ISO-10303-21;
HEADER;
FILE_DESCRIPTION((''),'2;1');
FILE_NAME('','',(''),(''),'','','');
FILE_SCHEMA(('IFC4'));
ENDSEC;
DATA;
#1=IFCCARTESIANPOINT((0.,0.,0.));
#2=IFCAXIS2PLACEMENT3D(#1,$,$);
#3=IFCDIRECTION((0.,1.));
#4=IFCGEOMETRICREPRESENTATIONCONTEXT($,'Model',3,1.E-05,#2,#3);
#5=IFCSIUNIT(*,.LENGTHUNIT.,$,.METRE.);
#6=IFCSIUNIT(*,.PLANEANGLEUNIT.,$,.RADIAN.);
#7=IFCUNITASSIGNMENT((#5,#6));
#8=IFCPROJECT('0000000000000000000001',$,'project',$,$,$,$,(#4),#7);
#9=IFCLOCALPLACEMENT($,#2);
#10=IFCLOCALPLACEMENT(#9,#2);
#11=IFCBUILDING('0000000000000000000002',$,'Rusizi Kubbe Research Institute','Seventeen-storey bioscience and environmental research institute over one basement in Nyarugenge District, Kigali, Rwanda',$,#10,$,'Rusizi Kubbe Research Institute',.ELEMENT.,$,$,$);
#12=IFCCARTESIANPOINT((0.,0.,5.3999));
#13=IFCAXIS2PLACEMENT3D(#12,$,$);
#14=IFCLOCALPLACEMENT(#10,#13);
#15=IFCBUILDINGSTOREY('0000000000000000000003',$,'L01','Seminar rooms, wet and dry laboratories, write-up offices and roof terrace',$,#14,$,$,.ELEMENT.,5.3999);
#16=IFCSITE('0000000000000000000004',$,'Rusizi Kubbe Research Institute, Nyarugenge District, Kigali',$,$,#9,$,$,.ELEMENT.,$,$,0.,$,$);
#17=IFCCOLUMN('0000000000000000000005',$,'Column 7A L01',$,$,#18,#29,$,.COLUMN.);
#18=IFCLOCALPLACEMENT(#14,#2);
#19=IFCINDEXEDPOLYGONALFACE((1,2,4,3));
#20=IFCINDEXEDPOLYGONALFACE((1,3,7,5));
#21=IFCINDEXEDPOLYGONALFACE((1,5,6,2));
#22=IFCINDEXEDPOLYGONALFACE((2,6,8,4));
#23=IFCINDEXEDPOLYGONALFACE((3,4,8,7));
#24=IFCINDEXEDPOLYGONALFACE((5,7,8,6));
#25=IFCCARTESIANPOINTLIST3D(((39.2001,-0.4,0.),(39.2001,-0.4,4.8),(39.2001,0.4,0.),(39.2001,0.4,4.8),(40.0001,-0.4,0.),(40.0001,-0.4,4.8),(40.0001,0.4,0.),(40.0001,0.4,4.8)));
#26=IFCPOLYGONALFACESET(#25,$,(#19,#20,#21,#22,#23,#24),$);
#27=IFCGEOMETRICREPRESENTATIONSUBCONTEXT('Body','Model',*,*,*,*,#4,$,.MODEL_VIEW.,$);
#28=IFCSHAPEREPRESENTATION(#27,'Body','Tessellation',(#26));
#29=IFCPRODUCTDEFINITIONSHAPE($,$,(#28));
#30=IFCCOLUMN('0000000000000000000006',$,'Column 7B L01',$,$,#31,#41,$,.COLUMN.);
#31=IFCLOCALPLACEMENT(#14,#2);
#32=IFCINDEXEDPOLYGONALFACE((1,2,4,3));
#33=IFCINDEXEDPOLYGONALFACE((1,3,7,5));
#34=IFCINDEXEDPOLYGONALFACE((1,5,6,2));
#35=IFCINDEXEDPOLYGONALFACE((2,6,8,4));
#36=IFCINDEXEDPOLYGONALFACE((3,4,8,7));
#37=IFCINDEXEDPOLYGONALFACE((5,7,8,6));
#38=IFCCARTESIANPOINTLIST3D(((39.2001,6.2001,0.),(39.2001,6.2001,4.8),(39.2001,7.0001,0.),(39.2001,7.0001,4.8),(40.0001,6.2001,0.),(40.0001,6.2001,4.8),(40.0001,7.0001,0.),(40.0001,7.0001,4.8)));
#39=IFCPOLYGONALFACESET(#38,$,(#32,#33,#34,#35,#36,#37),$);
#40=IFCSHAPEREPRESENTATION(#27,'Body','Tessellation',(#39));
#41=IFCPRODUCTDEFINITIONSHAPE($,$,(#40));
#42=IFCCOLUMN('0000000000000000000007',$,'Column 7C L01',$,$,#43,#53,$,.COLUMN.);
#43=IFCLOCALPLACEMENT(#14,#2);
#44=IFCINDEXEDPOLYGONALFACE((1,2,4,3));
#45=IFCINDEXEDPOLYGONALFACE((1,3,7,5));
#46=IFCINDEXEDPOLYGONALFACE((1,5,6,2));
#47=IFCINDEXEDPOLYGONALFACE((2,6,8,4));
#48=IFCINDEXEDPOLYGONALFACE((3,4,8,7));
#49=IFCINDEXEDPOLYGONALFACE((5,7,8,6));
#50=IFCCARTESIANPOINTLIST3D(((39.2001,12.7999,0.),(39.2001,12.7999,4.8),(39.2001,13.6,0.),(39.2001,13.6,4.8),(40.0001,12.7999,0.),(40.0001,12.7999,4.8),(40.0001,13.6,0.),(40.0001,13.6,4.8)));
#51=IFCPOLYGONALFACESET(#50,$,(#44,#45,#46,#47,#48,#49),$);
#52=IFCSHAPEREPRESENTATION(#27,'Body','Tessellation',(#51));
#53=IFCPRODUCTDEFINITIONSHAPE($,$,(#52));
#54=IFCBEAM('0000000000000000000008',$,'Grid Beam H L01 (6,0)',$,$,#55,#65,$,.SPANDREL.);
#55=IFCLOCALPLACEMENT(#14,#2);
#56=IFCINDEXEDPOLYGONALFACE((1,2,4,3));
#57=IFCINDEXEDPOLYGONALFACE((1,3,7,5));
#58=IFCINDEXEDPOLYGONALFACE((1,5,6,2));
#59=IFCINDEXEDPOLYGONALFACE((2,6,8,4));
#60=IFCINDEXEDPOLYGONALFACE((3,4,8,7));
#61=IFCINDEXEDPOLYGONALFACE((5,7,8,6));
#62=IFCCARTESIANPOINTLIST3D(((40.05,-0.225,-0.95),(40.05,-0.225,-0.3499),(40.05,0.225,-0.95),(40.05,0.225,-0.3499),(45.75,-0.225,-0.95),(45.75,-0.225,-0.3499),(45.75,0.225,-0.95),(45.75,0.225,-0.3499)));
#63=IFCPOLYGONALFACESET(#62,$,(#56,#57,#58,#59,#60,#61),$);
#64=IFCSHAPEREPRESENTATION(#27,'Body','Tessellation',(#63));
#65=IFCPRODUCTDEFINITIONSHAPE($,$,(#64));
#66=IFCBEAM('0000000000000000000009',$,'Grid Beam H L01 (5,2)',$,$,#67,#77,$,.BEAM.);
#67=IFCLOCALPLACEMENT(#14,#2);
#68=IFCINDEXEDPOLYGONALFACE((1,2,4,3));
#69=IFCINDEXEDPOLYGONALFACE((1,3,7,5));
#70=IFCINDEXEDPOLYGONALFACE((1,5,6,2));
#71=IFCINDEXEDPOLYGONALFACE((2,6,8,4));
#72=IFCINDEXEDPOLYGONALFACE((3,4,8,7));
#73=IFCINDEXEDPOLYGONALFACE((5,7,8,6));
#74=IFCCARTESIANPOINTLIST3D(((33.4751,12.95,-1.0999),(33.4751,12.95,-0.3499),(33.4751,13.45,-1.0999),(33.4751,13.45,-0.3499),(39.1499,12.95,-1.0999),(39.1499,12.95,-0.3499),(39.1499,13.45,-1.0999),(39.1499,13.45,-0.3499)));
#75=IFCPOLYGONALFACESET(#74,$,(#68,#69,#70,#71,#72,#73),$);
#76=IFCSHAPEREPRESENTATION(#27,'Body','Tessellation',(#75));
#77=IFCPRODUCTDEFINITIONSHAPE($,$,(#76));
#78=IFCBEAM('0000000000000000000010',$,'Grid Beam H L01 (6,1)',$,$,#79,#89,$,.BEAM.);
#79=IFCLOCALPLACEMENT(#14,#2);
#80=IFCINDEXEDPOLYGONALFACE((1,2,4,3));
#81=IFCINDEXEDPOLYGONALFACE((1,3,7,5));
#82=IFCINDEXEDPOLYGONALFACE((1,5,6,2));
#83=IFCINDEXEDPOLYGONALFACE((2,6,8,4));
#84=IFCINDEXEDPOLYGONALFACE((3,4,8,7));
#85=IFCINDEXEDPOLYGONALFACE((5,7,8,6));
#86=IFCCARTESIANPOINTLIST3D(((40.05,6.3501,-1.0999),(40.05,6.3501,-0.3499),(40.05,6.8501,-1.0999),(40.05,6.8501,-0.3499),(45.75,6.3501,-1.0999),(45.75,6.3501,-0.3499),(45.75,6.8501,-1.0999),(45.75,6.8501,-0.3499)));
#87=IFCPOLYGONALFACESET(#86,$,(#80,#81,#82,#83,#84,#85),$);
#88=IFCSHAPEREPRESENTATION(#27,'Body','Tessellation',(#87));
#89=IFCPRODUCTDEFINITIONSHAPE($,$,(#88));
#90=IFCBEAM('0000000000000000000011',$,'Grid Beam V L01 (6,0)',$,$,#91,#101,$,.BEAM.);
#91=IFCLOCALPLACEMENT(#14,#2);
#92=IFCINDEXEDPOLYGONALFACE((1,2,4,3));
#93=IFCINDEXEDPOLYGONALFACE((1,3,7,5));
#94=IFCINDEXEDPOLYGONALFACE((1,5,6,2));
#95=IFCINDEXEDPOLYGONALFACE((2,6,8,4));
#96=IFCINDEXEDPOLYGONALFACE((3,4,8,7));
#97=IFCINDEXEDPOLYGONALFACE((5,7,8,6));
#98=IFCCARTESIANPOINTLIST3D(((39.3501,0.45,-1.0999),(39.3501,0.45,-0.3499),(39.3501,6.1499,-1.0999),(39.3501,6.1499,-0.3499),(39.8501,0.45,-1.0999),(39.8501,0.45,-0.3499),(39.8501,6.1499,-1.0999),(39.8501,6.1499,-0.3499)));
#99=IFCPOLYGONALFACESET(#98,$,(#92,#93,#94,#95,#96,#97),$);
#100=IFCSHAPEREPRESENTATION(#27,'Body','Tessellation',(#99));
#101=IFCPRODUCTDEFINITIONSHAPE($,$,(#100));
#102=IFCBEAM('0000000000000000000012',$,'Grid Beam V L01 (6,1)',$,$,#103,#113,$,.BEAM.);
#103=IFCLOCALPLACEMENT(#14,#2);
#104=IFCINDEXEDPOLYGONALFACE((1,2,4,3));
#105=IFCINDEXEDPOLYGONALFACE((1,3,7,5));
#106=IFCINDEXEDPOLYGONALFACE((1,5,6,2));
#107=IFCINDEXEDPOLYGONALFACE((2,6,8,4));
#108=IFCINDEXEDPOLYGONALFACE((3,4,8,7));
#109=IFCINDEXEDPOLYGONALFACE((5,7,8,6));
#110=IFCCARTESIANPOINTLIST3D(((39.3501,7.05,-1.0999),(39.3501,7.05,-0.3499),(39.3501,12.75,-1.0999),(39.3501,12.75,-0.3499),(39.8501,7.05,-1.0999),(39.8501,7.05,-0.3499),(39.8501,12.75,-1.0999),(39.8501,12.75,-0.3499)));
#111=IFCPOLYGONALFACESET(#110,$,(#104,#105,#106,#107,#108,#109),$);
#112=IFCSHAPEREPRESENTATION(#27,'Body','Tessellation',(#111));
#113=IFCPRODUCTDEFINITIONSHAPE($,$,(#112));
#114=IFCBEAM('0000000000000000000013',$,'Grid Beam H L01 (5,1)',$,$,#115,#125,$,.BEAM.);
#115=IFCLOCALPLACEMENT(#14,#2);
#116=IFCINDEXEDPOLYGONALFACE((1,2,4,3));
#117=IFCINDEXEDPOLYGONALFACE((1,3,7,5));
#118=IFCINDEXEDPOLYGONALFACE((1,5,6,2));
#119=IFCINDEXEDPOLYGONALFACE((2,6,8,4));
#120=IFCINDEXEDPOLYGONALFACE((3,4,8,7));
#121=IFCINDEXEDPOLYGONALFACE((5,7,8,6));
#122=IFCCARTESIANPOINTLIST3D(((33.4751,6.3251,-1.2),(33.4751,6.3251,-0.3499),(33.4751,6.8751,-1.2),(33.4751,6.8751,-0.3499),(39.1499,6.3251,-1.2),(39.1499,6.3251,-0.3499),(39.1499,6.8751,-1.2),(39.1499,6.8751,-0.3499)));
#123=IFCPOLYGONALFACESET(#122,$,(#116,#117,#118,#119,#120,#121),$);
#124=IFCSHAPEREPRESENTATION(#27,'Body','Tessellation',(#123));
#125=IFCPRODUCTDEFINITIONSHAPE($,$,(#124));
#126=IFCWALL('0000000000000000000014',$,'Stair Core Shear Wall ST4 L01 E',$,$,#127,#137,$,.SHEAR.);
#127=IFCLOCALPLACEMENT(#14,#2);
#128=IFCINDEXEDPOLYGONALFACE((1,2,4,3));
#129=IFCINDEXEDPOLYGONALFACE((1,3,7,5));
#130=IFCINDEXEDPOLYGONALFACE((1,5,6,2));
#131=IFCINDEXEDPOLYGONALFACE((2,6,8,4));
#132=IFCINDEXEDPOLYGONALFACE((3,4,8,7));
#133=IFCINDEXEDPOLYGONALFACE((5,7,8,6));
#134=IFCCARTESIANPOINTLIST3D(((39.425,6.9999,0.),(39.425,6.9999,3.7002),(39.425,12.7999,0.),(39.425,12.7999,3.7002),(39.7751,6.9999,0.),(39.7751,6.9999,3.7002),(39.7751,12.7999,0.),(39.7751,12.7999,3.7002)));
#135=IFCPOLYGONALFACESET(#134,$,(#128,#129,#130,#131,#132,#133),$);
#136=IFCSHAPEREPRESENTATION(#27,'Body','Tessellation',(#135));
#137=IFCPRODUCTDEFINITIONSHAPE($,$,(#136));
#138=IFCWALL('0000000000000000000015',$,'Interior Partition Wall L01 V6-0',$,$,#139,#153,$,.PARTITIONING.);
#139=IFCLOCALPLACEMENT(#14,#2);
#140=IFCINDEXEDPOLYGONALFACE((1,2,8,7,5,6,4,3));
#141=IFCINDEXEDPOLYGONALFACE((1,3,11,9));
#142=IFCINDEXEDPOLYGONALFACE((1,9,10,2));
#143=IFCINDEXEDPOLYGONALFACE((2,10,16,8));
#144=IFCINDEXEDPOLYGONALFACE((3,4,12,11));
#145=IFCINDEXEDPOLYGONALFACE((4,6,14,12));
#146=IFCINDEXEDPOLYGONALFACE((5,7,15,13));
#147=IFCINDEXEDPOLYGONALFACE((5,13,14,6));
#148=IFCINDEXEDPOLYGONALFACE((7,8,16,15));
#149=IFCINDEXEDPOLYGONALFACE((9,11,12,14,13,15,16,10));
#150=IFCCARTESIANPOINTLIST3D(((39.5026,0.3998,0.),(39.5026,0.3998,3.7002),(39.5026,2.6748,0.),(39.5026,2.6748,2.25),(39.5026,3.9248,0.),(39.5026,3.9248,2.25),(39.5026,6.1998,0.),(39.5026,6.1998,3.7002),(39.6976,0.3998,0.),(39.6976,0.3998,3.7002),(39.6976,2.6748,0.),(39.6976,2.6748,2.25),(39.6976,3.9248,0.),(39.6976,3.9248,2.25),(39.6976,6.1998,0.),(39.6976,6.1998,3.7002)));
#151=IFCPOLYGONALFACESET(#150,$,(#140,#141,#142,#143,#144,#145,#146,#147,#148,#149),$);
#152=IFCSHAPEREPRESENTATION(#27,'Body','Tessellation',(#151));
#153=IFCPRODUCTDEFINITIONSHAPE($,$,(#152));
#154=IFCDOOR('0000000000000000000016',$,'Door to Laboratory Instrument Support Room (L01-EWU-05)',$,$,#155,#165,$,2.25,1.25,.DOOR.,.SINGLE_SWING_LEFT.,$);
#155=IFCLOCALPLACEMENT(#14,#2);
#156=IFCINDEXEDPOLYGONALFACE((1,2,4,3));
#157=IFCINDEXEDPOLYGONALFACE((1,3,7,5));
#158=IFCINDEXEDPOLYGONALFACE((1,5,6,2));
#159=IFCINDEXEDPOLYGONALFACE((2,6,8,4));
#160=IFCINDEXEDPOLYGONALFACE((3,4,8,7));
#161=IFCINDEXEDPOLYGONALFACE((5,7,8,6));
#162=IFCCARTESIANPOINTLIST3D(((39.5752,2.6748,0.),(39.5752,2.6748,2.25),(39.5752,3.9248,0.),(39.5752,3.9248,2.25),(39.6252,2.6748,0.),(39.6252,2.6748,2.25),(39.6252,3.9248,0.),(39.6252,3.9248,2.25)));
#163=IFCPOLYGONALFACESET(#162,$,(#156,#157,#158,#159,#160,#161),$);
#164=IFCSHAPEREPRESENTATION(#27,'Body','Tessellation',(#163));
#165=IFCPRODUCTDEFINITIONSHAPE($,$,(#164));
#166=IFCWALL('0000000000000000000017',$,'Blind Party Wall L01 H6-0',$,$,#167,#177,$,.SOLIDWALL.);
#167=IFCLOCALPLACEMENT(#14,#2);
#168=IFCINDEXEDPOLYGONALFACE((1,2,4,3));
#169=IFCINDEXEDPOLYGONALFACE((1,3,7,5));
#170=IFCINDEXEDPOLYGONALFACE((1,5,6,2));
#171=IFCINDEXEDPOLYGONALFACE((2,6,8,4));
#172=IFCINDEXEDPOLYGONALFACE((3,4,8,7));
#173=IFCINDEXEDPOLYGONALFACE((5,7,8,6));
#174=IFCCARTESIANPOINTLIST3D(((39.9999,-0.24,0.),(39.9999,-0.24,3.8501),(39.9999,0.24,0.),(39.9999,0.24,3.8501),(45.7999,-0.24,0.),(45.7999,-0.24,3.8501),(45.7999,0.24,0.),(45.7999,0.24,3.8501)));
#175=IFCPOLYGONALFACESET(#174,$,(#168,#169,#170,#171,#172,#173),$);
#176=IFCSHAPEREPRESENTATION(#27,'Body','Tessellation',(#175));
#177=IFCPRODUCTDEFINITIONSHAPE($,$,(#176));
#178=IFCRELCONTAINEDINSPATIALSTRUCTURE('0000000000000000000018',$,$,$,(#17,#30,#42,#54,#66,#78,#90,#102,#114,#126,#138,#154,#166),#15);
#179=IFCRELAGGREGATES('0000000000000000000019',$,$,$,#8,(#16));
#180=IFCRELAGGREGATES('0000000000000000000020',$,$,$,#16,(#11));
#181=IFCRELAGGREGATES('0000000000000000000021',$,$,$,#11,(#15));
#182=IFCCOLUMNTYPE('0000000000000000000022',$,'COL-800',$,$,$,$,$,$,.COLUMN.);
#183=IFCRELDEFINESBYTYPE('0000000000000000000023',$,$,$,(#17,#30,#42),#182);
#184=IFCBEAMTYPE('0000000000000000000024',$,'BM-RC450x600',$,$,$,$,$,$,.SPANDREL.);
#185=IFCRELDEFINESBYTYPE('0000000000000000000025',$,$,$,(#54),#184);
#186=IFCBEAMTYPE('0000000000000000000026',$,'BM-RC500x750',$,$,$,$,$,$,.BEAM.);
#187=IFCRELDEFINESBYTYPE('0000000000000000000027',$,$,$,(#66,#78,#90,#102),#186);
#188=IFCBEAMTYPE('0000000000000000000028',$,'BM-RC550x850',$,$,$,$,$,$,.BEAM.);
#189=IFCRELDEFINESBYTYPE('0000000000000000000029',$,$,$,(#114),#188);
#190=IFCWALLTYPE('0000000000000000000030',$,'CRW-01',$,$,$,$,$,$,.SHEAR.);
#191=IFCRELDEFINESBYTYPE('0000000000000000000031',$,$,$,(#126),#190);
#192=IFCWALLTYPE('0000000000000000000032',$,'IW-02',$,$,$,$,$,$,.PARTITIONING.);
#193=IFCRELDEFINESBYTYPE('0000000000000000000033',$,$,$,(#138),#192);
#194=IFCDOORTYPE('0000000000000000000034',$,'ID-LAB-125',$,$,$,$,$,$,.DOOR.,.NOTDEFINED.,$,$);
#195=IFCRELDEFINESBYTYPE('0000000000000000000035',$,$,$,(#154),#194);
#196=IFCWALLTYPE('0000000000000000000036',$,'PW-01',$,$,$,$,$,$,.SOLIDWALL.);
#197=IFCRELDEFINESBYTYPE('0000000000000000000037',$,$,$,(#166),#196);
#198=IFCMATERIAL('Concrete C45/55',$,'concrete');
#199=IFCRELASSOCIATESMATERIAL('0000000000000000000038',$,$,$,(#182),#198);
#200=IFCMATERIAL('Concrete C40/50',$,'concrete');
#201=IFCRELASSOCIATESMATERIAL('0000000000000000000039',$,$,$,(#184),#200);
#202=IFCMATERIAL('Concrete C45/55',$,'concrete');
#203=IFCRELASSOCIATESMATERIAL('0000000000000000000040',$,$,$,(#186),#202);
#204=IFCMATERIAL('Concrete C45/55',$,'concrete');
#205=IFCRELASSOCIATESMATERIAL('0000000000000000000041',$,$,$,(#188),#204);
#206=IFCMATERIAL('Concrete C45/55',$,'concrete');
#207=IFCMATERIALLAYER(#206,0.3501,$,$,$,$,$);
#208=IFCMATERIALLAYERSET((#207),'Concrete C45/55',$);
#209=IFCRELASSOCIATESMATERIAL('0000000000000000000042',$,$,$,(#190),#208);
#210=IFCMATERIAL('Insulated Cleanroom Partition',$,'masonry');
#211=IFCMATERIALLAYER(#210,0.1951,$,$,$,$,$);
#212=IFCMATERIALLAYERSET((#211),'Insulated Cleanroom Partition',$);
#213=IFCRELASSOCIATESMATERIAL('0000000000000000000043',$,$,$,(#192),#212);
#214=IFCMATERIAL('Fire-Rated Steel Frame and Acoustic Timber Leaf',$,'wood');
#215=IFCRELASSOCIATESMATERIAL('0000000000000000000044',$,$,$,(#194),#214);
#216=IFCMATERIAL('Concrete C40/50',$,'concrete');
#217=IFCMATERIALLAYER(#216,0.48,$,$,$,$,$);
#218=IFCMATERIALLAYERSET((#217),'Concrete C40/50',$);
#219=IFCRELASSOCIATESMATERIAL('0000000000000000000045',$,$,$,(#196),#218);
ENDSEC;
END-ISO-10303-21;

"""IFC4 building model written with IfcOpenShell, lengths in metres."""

from ifc_helpers import new_model, si_unit, direction, frame, frame_2d, origin, origin_2d, place, context, subcontext, project, spatial, rectangle, extrude, material, layer, layer_set, material_profile, profile_set, type_object, element, fill, save


model = new_model("IFC4")

# Units and contexts
model_context = context("Model", 3, precision=1e-05, world=origin(), true_north=direction((0.0, 1.0)))
body_context = subcontext(model_context, "Body", "Model", "MODEL_VIEW")
ifc_project = project(units=[si_unit("LENGTHUNIT", "METRE"), si_unit("PLANEANGLEUNIT", "RADIAN")], contexts=[model_context])

# Site, building, storey
site_placement = place(None, origin())
site = spatial("IfcSite", under=ifc_project, at=site_placement, Name="Rusizi Kubbe Research Institute, Nyarugenge District, Kigali", CompositionType="ELEMENT", RefElevation=0.0)
building_placement = place(site_placement, origin())
building = spatial("IfcBuilding", under=site, at=building_placement, Name="Rusizi Kubbe Research Institute", Description="Seventeen-storey bioscience and environmental research institute over one basement in Nyarugenge District, Kigali, Rwanda", LongName="Rusizi Kubbe Research Institute", CompositionType="ELEMENT")
storey_placement = place(building_placement, frame((0.0, 0.0, 5.3999)))
storey = spatial("IfcBuildingStorey", under=building, at=storey_placement, Name="L01", Description="Seminar rooms, wet and dry laboratories, write-up offices and roof terrace", CompositionType="ELEMENT", Elevation=5.3999)

# Columns
ifc_material_1 = material(Name="Concrete C45/55", Category="concrete")
ifc_material_profile_1 = material_profile(ifc_material_1, rectangle(XDim=0.8, YDim=0.8, at=origin_2d()), Name="RC800x800")
ifc_profile_set_1 = profile_set([ifc_material_profile_1], Name="Concrete C45/55")
column_type = type_object("IfcColumnType", Name="COL-800", PredefinedType="COLUMN", material=ifc_profile_set_1)
for number, where, z_axis, x_axis, name in (
    (1, (39.6001, 0.0, 0.0), (0.0, 0.0, 1.0), (1.0, 0.0, 0.0), "Column 7A L01"),
    (2, (39.6001, 6.6001, 0.0), (0.0, 0.0, 1.0), (1.0, 0.0, 0.0), "Column 7B L01"),
    (3, (39.6001, 13.2, 0.0), (0.0, 0.0, 1.0), (1.0, 0.0, 0.0), "Column 7C L01"),
):
    element("IfcColumn", number, at=place(storey_placement, frame(where, z_axis=z_axis, x_axis=x_axis)), inside=storey, type_object=column_type, Name=name, PredefinedType="COLUMN", context=body_context, shape_type="SweptSolid", body=[
        extrude(rectangle(XDim=0.8, YDim=0.8, at=origin_2d()), origin(), (0.0, 0.0, 1.0), 4.8),
    ])

# Beams
ifc_material_2 = material(Name="Concrete C40/50", Category="concrete")
ifc_material_profile_2 = material_profile(ifc_material_2, rectangle(XDim=0.45, YDim=0.6001, at=origin_2d()), Name="RC450x600")
ifc_profile_set_2 = profile_set([ifc_material_profile_2], Name="Concrete C40/50")
beam_type_1 = type_object("IfcBeamType", Name="BM-RC450x600", PredefinedType="SPANDREL", material=ifc_profile_set_2)
beam_1_placement = place(storey_placement, frame((40.05, 0.0, -0.6499), z_axis=(1.0, 0.0, 0.0), x_axis=(0.0, 1.0, 0.0)))
element("IfcBeam", 4, at=beam_1_placement, inside=storey, type_object=beam_type_1, Name="Grid Beam H L01 (6,0)", PredefinedType="SPANDREL", context=body_context, shape_type="SweptSolid", body=[
    extrude(rectangle(XDim=0.45, YDim=0.6001, at=origin_2d()), origin(), (0.0, 0.0, 1.0), 5.7),
])
ifc_material_3 = material(Name="Concrete C45/55", Category="concrete")
ifc_material_profile_3 = material_profile(ifc_material_3, rectangle(XDim=0.5, YDim=0.75, at=origin_2d()), Name="RC500x750B")
ifc_profile_set_3 = profile_set([ifc_material_profile_3], Name="Concrete C45/55")
beam_type_2 = type_object("IfcBeamType", Name="BM-RC500x750", PredefinedType="BEAM", material=ifc_profile_set_3)
beam_2_placement = place(storey_placement, frame((33.4751, 13.2, -0.7249), z_axis=(1.0, 0.0, 0.0), x_axis=(0.0, 1.0, 0.0)))
element("IfcBeam", 5, at=beam_2_placement, inside=storey, type_object=beam_type_2, Name="Grid Beam H L01 (5,2)", PredefinedType="BEAM", context=body_context, shape_type="SweptSolid", body=[
    extrude(rectangle(XDim=0.5, YDim=0.75, at=origin_2d()), origin(), (0.0, 0.0, 1.0), 5.6748),
])
for number, where, z_axis, x_axis, name in (
    (6, (40.05, 6.6001, -0.7249), (1.0, 0.0, 0.0), (0.0, 1.0, 0.0), "Grid Beam H L01 (6,1)"),
    (7, (39.6001, 0.45, -0.7249), (0.0, 1.0, 0.0), (-1.0, 0.0, 0.0), "Grid Beam V L01 (6,0)"),
    (8, (39.6001, 7.05, -0.7249), (0.0, 1.0, 0.0), (-1.0, 0.0, 0.0), "Grid Beam V L01 (6,1)"),
):
    element("IfcBeam", number, at=place(storey_placement, frame(where, z_axis=z_axis, x_axis=x_axis)), inside=storey, type_object=beam_type_2, Name=name, PredefinedType="BEAM", context=body_context, shape_type="SweptSolid", body=[
        extrude(rectangle(XDim=0.5, YDim=0.75, at=origin_2d()), origin(), (0.0, 0.0, 1.0), 5.7),
    ])
ifc_material_4 = material(Name="Concrete C45/55", Category="concrete")
ifc_material_profile_4 = material_profile(ifc_material_4, rectangle(XDim=0.55, YDim=0.8501, at=origin_2d()), Name="RC550x850")
ifc_profile_set_4 = profile_set([ifc_material_profile_4], Name="Concrete C45/55")
beam_type_3 = type_object("IfcBeamType", Name="BM-RC550x850", PredefinedType="BEAM", material=ifc_profile_set_4)
beam_3_placement = place(storey_placement, frame((33.4751, 6.6001, -0.7749), z_axis=(1.0, 0.0, 0.0), x_axis=(0.0, 1.0, 0.0)))
element("IfcBeam", 9, at=beam_3_placement, inside=storey, type_object=beam_type_3, Name="Grid Beam H L01 (5,1)", PredefinedType="BEAM", context=body_context, shape_type="SweptSolid", body=[
    extrude(rectangle(XDim=0.55, YDim=0.8501, at=origin_2d()), origin(), (0.0, 0.0, 1.0), 5.6748),
])

# Wall
ifc_material_5 = material(Name="Concrete C45/55", Category="concrete")
ifc_layer_1 = layer(ifc_material_5, 0.3501)
ifc_layer_set_1 = layer_set([ifc_layer_1], Name="Concrete C45/55")
wall_type_1 = type_object("IfcWallType", Name="CRW-01", PredefinedType="SHEAR", material=ifc_layer_set_1)
wall_1_placement = place(storey_placement, frame((39.6001, 7.0, 0.0), z_axis=(0.0, 0.0, 1.0), x_axis=(0.0, 1.0, 0.0)))
element("IfcWall", 10, at=wall_1_placement, inside=storey, type_object=wall_type_1, Name="Stair Core Shear Wall ST4 L01 E", PredefinedType="SHEAR", context=body_context, shape_type="SweptSolid", body=[
    extrude(rectangle(XDim=5.8, YDim=0.3501, at=frame_2d((2.8999, 0.0))), origin(), (0.0, 0.0, 1.0), 3.7002),
])

# Wall, opening, door
ifc_material_6 = material(Name="Insulated Cleanroom Partition", Category="masonry")
ifc_layer_2 = layer(ifc_material_6, 0.1951)
ifc_layer_set_2 = layer_set([ifc_layer_2], Name="Insulated Cleanroom Partition")
wall_type_2 = type_object("IfcWallType", Name="IW-02", PredefinedType="PARTITIONING", material=ifc_layer_set_2)
wall_2_placement = place(storey_placement, frame((39.6001, 0.3999, 0.0), z_axis=(0.0, 0.0, 1.0), x_axis=(0.0, 1.0, 0.0)))
wall_2 = element("IfcWall", 11, at=wall_2_placement, inside=storey, type_object=wall_type_2, Name="Interior Partition Wall L01 V6-0", PredefinedType="PARTITIONING", context=body_context, shape_type="SweptSolid", body=[
    extrude(rectangle(XDim=5.8, YDim=0.1951, at=frame_2d((2.8999, 0.0))), origin(), (0.0, 0.0, 1.0), 3.7002),
])
opening_1_placement = place(wall_2_placement, frame((2.2749, 0.0, 0.0)))
opening_1 = element("IfcOpeningElement", 12, at=opening_1_placement, cuts=wall_2, PredefinedType="OPENING", context=body_context, shape_type="SweptSolid", body=[
    extrude(rectangle(XDim=1.25, YDim=2.25, at=frame_2d((0.625, 1.125))), frame((0.0, 0.1074, 0.0), z_axis=(0.0, -1.0, 0.0), x_axis=(1.0, 0.0, 0.0)), (0.0, 0.0, 1.0), 0.2151),
])
ifc_material_7 = material(Name="Fire-Rated Steel Frame and Acoustic Timber Leaf", Category="wood")
door_type = type_object("IfcDoorType", Name="ID-LAB-125", OperationType="NOTDEFINED", PredefinedType="DOOR", material=ifc_material_7)
door_1_placement = place(opening_1_placement, origin())
door_1 = element("IfcDoor", 13, at=door_1_placement, inside=storey, type_object=door_type, Name="Door to Laboratory Instrument Support Room (L01-EWU-05)", OperationType="SINGLE_SWING_LEFT", OverallHeight=2.25, OverallWidth=1.25, PredefinedType="DOOR", context=body_context, shape_type="SweptSolid", body=[
    extrude(rectangle(XDim=1.25, YDim=2.25, at=frame_2d((0.625, 1.125))), frame((0.0, 0.0249, 0.0), z_axis=(0.0, -1.0, 0.0), x_axis=(1.0, 0.0, 0.0)), (0.0, 0.0, 1.0), 0.05),
])
fill(opening_1, door_1)

# Wall
ifc_material_8 = material(Name="Concrete C40/50", Category="concrete")
ifc_layer_3 = layer(ifc_material_8, 0.48)
ifc_layer_set_3 = layer_set([ifc_layer_3], Name="Concrete C40/50")
wall_type_3 = type_object("IfcWallType", Name="PW-01", PredefinedType="SOLIDWALL", material=ifc_layer_set_3)
wall_3_placement = place(storey_placement, frame((40.0, 0.0, 0.0), z_axis=(0.0, 0.0, 1.0), x_axis=(1.0, 0.0, 0.0)))
element("IfcWall", 14, at=wall_3_placement, inside=storey, type_object=wall_type_3, Name="Blind Party Wall L01 H6-0", PredefinedType="SOLIDWALL", context=body_context, shape_type="SweptSolid", body=[
    extrude(rectangle(XDim=5.8, YDim=0.48, at=frame_2d((2.8999, 0.0))), origin(), (0.0, 0.0, 1.0), 3.8501),
])

save(model, "model.ifc")
